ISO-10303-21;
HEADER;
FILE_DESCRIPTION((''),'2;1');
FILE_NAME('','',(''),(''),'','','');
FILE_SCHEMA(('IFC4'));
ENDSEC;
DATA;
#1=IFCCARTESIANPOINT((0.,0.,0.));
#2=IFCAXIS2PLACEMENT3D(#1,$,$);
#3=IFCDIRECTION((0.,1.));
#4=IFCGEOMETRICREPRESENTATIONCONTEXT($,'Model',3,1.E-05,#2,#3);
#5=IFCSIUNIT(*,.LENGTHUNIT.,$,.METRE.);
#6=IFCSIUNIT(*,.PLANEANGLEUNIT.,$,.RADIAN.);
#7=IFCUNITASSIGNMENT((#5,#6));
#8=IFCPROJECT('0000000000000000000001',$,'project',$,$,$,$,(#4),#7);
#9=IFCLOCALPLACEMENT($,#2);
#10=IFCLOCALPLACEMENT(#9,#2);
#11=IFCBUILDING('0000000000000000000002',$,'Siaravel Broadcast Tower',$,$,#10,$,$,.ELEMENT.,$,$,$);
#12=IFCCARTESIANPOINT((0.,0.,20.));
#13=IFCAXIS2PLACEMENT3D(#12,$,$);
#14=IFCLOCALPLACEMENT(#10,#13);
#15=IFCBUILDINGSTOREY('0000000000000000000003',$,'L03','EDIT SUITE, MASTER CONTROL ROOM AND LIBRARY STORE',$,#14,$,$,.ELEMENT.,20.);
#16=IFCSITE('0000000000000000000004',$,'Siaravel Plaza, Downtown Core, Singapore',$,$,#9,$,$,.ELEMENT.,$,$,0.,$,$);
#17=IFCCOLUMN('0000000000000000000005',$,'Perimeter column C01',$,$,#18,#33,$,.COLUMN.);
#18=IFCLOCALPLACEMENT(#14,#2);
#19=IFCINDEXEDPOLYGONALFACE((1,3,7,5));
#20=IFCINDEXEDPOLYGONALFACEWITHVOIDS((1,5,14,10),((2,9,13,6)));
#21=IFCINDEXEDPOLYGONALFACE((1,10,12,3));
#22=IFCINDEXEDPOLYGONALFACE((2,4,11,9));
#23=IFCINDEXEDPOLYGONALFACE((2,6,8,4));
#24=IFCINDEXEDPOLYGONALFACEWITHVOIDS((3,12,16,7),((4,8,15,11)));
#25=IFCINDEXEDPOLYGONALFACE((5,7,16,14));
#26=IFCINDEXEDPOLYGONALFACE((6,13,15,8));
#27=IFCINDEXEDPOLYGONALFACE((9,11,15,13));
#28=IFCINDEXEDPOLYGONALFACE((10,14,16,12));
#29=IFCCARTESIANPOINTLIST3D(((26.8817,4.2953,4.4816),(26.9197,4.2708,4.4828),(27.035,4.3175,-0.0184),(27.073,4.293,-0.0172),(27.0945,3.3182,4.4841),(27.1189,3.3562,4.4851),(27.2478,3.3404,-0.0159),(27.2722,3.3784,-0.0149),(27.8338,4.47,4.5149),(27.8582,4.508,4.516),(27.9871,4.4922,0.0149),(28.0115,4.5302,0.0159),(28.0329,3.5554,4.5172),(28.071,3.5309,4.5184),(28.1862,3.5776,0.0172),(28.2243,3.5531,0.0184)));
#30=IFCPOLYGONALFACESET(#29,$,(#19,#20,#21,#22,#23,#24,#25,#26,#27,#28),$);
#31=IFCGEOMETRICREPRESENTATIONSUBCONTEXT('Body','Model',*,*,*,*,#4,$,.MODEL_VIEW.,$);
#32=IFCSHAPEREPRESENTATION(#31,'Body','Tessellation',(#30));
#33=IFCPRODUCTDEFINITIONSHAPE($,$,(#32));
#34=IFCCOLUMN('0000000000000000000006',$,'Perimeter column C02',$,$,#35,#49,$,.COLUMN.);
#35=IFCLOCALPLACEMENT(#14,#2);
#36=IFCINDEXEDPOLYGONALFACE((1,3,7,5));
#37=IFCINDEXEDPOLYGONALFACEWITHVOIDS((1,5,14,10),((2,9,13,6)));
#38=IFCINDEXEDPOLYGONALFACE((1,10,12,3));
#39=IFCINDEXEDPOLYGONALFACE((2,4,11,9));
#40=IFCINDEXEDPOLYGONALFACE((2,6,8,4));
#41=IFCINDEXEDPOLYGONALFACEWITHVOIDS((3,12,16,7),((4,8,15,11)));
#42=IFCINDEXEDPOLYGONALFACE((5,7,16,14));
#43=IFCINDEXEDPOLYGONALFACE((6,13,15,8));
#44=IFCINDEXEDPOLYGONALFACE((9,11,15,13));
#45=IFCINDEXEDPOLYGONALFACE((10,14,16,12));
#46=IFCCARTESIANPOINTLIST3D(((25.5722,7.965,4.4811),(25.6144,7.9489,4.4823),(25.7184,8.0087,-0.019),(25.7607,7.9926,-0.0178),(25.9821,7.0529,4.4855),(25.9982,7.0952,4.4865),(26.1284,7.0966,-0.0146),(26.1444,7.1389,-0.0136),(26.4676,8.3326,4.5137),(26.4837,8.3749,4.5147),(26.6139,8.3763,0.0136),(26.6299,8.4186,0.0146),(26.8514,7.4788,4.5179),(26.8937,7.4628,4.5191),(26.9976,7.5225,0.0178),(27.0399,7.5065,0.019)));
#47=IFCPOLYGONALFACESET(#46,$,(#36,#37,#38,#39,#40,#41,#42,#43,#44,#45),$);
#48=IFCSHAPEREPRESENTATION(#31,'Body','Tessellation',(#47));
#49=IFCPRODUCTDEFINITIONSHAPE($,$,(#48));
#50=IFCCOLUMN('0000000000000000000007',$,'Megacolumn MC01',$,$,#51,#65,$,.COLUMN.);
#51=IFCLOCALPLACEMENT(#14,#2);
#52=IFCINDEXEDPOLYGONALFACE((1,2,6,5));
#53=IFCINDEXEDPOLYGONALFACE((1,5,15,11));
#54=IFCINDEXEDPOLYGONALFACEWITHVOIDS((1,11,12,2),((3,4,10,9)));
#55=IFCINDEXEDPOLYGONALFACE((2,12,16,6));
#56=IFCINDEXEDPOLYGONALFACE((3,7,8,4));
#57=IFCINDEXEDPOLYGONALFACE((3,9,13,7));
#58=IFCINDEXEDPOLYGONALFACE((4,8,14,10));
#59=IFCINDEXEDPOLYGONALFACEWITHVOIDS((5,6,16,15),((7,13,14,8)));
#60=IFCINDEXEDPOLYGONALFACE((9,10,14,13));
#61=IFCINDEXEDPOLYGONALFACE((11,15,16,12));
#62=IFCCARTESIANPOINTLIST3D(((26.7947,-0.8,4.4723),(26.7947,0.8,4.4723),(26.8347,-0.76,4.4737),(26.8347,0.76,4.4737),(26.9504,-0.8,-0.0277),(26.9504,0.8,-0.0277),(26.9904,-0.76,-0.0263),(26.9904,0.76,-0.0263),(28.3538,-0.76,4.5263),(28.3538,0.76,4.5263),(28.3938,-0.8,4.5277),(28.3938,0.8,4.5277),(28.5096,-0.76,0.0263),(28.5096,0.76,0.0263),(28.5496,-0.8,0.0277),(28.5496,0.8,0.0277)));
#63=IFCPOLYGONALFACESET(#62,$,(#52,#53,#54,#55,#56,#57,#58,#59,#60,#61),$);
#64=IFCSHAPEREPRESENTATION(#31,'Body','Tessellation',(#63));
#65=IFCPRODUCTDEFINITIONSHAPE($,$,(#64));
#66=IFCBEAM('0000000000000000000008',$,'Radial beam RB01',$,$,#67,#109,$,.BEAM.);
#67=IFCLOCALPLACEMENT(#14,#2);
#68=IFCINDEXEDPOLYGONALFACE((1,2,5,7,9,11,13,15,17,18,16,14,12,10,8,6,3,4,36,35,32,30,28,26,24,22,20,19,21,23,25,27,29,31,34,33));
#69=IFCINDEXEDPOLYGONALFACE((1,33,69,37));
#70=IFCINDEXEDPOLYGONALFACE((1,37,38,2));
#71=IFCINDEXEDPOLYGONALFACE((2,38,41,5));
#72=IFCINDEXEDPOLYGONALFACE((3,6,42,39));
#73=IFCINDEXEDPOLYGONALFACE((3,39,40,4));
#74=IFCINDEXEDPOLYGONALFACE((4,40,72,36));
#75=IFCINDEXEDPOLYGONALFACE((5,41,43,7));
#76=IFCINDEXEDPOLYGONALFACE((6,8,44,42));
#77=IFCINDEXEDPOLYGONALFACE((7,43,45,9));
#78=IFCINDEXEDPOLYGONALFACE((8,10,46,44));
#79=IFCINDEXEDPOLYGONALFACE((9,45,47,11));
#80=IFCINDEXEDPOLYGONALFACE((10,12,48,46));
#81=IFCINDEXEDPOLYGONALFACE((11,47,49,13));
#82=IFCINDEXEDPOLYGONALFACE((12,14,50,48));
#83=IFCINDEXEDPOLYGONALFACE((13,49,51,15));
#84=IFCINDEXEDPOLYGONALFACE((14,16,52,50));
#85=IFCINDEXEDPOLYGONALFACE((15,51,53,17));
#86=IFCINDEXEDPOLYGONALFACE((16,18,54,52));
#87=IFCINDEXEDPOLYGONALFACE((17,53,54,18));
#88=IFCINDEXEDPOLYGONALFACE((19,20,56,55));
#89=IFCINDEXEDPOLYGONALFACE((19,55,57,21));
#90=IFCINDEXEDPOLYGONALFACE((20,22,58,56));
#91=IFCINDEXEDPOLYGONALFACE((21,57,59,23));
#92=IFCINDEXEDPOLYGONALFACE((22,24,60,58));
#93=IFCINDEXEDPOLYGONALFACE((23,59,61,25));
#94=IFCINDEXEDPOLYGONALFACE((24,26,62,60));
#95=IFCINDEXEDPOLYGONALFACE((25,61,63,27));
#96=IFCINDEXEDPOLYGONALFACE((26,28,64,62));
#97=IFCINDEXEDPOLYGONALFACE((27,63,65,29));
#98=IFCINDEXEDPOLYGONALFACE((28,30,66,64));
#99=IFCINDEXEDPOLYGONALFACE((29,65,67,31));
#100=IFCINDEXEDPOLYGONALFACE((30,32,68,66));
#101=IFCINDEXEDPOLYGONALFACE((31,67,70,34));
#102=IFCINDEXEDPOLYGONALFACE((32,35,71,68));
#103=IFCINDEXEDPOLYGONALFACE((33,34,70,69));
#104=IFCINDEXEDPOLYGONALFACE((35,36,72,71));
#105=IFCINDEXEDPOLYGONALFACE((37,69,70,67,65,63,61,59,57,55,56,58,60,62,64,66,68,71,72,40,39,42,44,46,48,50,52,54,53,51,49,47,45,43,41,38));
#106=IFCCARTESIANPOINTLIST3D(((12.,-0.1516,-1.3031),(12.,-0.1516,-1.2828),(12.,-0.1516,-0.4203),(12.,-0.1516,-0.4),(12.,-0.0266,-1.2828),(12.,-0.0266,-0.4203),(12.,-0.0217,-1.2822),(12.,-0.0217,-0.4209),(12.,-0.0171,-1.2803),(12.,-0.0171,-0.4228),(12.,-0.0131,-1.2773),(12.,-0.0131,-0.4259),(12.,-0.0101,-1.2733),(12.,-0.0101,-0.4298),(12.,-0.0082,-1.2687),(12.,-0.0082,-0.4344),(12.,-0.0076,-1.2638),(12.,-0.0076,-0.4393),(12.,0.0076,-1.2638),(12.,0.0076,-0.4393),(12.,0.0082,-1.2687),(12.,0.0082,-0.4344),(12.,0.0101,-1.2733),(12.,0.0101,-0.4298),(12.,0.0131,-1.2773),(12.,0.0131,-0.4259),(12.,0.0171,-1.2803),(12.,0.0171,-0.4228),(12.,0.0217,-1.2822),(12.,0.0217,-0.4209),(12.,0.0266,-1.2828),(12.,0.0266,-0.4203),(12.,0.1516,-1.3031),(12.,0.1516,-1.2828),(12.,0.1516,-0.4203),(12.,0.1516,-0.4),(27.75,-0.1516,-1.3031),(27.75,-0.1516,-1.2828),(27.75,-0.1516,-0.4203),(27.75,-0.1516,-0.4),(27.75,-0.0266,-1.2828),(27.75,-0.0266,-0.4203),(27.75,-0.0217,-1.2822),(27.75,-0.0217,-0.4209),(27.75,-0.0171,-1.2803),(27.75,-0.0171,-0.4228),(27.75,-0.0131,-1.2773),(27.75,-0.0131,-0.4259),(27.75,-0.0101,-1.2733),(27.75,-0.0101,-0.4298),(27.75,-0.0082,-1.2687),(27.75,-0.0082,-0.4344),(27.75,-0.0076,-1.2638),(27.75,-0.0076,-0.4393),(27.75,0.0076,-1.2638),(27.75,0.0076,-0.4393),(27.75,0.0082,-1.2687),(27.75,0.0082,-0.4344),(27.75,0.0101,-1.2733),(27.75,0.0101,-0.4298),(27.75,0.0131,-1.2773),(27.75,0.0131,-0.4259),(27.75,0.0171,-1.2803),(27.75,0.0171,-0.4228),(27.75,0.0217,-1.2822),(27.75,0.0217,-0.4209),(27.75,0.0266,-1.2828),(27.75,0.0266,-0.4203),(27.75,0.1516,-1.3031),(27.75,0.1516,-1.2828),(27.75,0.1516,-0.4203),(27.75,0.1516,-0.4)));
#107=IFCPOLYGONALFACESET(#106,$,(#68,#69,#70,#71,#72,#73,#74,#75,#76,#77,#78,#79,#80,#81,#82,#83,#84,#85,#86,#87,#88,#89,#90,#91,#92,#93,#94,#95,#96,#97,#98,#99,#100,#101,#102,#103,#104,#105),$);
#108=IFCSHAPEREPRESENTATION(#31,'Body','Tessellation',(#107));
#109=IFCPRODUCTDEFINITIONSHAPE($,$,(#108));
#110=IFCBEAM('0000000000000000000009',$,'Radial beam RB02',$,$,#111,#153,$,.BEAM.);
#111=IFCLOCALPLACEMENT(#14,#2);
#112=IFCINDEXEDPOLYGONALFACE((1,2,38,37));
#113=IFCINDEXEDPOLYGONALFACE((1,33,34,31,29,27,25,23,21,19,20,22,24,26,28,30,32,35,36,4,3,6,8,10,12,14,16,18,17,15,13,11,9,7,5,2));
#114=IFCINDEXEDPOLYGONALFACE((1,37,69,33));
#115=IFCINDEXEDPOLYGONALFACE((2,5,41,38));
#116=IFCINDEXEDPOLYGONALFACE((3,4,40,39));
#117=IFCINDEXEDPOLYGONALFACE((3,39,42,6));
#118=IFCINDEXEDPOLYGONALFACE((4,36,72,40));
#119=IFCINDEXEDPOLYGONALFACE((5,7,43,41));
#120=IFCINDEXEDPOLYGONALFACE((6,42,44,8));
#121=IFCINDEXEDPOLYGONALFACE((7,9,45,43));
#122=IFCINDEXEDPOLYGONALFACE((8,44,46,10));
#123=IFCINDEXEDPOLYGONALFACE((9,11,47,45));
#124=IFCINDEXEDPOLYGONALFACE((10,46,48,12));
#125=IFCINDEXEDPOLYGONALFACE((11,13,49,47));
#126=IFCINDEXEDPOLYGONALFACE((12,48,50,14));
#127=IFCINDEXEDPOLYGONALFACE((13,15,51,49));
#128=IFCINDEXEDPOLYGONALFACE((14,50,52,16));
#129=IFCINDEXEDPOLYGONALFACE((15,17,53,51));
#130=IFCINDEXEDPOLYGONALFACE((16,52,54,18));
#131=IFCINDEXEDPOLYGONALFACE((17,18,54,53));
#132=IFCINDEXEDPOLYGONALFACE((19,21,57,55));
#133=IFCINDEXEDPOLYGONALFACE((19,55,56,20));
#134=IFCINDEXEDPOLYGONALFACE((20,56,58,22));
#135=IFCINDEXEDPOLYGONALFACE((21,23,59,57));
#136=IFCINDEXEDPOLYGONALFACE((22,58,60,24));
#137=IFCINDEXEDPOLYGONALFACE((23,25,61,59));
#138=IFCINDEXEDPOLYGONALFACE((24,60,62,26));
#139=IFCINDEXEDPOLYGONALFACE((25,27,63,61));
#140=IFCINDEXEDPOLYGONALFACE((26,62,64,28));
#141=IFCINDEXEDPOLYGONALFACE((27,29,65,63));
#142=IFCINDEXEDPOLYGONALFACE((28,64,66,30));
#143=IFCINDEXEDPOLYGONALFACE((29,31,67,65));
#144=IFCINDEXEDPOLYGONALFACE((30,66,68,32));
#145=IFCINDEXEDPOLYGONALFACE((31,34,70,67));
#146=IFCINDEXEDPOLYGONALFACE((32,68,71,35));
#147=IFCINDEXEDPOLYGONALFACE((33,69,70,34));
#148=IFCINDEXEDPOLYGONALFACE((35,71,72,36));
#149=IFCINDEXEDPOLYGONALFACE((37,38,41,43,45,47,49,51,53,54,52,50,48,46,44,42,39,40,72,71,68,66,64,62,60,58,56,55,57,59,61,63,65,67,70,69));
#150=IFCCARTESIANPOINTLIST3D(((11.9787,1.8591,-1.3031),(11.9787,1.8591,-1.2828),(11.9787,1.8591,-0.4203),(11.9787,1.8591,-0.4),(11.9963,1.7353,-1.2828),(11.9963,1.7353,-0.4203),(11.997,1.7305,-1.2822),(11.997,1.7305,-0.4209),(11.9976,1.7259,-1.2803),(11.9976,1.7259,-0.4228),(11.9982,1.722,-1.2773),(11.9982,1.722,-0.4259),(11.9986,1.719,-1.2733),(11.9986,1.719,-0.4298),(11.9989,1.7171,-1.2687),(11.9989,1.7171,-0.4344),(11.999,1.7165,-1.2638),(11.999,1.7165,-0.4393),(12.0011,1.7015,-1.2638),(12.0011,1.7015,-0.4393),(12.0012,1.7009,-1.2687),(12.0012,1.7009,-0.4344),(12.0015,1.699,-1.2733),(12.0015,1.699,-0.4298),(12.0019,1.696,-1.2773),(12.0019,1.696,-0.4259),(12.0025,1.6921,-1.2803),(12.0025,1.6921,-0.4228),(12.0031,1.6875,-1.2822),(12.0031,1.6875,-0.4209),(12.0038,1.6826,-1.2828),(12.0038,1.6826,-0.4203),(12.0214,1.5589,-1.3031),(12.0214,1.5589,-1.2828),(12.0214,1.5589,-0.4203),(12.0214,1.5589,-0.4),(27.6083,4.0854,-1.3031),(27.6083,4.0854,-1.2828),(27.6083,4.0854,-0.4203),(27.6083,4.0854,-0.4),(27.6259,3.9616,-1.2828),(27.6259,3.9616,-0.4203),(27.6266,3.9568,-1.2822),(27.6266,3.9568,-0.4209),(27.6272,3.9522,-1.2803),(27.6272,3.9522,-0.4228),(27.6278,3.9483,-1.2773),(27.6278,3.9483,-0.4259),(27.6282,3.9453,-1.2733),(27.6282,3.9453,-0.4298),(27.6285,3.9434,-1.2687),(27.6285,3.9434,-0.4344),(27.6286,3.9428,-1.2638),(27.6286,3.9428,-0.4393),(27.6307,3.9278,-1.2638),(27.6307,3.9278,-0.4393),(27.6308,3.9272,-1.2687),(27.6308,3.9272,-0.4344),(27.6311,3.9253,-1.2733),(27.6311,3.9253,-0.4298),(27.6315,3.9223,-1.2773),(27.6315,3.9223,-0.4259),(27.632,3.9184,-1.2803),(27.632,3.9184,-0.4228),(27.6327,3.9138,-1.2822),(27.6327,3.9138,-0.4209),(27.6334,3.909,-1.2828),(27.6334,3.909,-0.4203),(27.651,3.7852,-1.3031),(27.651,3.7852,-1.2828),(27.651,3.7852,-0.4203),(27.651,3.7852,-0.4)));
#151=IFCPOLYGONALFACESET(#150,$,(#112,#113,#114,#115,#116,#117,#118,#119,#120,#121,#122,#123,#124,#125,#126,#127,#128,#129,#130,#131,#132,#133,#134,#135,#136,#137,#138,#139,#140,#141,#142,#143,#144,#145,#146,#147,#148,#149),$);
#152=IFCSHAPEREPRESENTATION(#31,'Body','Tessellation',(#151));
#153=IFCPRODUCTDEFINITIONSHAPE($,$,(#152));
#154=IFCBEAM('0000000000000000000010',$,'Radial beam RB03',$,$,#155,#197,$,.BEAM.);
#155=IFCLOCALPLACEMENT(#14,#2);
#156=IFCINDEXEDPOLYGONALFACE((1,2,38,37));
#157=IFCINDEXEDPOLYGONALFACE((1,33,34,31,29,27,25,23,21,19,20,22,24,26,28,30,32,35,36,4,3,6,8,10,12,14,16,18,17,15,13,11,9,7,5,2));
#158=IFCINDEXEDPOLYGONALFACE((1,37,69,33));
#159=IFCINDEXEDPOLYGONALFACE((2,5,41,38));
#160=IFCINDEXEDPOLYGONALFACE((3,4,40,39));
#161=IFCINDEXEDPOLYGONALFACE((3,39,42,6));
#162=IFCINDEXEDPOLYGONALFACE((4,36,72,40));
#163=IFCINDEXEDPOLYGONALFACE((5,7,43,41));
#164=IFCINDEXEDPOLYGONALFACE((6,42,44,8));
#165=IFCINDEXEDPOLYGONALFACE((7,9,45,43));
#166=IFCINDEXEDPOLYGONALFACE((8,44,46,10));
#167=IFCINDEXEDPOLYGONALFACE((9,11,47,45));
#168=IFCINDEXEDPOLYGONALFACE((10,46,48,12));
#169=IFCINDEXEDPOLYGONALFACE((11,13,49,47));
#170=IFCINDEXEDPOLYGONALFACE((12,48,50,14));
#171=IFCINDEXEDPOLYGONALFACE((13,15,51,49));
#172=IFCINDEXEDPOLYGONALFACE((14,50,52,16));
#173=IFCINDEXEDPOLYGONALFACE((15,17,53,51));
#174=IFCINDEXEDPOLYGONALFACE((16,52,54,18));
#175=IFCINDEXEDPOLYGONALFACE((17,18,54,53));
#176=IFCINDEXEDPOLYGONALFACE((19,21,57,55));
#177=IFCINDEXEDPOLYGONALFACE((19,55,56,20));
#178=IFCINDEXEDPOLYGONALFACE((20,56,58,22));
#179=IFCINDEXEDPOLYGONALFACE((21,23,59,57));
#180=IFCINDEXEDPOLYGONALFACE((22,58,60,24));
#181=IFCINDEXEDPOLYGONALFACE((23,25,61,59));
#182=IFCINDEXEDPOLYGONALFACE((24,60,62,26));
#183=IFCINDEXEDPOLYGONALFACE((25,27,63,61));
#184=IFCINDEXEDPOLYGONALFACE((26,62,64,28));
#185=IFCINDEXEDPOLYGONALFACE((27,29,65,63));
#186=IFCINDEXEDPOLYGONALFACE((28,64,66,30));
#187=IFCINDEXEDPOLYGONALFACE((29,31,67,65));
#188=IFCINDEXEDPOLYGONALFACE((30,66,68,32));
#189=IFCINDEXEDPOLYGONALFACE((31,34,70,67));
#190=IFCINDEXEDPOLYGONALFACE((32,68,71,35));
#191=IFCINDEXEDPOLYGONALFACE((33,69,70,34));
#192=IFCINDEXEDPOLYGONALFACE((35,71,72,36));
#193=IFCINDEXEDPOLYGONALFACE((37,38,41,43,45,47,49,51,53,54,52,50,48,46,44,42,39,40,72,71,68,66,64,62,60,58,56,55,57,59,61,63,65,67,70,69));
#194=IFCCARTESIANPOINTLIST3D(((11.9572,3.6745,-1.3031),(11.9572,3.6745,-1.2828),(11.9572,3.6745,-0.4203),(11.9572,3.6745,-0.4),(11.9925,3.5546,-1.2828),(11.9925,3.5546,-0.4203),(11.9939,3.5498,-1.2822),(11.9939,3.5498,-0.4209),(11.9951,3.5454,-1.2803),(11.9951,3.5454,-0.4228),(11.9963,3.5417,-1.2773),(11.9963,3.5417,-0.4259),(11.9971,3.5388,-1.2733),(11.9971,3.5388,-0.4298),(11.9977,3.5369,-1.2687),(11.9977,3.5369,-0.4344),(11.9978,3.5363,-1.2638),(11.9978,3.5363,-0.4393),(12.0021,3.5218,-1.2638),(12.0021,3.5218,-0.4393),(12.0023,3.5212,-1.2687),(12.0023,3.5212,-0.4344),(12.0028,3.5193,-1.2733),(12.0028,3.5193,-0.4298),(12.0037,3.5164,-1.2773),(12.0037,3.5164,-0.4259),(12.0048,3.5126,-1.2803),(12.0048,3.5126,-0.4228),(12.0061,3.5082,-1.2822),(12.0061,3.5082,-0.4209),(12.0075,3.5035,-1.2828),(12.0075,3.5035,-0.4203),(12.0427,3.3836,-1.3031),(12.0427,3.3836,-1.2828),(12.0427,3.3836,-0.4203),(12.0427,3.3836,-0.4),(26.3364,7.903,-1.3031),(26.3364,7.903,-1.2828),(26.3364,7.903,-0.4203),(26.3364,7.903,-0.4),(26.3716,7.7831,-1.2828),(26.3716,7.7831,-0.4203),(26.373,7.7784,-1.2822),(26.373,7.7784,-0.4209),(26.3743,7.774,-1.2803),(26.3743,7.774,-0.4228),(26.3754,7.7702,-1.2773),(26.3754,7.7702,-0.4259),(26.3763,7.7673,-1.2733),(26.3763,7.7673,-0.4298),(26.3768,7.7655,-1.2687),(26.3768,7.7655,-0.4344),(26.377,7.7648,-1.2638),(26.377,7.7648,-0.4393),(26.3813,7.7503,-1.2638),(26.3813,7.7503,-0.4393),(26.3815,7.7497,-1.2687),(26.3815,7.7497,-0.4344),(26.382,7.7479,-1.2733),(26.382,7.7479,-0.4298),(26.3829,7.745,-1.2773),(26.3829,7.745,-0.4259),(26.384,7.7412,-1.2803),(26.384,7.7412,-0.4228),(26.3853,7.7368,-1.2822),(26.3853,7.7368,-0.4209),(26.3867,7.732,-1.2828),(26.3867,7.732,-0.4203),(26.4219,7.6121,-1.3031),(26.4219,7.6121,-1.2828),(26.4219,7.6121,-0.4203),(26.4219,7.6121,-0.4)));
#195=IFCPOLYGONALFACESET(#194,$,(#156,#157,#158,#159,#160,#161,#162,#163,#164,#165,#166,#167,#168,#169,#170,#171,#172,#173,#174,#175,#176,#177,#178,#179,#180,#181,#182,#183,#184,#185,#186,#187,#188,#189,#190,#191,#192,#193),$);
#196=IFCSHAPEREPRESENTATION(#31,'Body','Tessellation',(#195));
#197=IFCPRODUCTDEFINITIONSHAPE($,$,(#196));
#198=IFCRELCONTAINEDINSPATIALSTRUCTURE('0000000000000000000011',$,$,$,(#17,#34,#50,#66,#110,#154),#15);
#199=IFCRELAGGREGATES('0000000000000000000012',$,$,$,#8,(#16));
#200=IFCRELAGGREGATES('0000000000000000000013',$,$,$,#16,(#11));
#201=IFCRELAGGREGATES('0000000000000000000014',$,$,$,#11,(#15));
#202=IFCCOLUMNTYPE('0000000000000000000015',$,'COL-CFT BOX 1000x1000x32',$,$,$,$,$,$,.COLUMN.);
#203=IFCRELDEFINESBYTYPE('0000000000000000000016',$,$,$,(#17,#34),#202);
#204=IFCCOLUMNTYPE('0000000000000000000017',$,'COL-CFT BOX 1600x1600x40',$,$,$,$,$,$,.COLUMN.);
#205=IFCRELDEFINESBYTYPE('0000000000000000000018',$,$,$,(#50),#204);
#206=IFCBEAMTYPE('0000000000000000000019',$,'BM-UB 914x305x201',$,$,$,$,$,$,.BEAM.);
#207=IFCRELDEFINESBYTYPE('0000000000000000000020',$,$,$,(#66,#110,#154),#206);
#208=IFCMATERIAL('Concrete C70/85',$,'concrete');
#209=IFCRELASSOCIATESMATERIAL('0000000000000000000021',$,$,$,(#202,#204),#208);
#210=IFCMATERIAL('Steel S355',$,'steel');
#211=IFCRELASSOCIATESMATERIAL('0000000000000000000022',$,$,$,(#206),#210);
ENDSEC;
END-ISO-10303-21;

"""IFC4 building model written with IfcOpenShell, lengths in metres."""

from ifc_helpers import new_model, si_unit, direction, frame, origin, origin_2d, place, context, subcontext, project, spatial, hollow_rectangle, i_section, extrude, material, material_profile, profile_set, type_object, element, save


model = new_model("IFC4")

# Units and contexts
model_context = context("Model", 3, precision=1e-05, world=origin(), true_north=direction((0.0, 1.0)))
body_context = subcontext(model_context, "Body", "Model", "MODEL_VIEW")
ifc_project = project(units=[si_unit("LENGTHUNIT", "METRE"), si_unit("PLANEANGLEUNIT", "RADIAN")], contexts=[model_context])

# Site, building, storey
site_placement = place(None, origin())
site = spatial("IfcSite", under=ifc_project, at=site_placement, Name="Siaravel Plaza, Downtown Core, Singapore", CompositionType="ELEMENT", RefElevation=0.0)
building_placement = place(site_placement, origin())
building = spatial("IfcBuilding", under=site, at=building_placement, Name="Siaravel Broadcast Tower", CompositionType="ELEMENT")
storey_placement = place(building_placement, frame((0.0, 0.0, 20.0)))
storey = spatial("IfcBuildingStorey", under=building, at=storey_placement, Name="L03", Description="EDIT SUITE, MASTER CONTROL ROOM AND LIBRARY STORE", CompositionType="ELEMENT", Elevation=20.0)

# Columns
ifc_material_1 = material(Name="Concrete C70/85", Category="concrete")
ifc_material_profile_1 = material_profile(ifc_material_1, hollow_rectangle(XDim=1.0, YDim=1.0, WallThickness=0.032, at=origin_2d()))
ifc_profile_set_1 = profile_set([ifc_material_profile_1], Name="Concrete C70/85")
column_type_1 = type_object("IfcColumnType", Name="COL-CFT BOX 1000x1000x32", PredefinedType="COLUMN", material=ifc_profile_set_1)
for number, where, z_axis, x_axis, name in (
    (1, (27.6296, 3.9353, 0.0), (-0.034051, -0.004934, 0.999408), (0.212785, -0.977096, 0.002426), "Perimeter column C01"),
    (2, (26.3792, 7.7576, 0.0), (-0.032479, -0.009706, 0.999425), (0.409975, -0.912086, 0.004466), "Perimeter column C02"),
):
    element("IfcColumn", number, at=place(storey_placement, frame(where, z_axis=z_axis, x_axis=x_axis)), inside=storey, type_object=column_type_1, Name=name, PredefinedType="COLUMN", context=body_context, shape_type="SweptSolid", body=[
        extrude(hollow_rectangle(XDim=1.0, YDim=1.0, WallThickness=0.032, at=origin_2d()), origin(), (0.0, 0.0, 1.0), 4.5027),
    ])
ifc_material_profile_2 = material_profile(ifc_material_1, hollow_rectangle(XDim=1.6001, YDim=1.6001, WallThickness=0.04, at=origin_2d()))
ifc_profile_set_2 = profile_set([ifc_material_profile_2], Name="Concrete C70/85")
column_type_2 = type_object("IfcColumnType", Name="COL-CFT BOX 1600x1600x40", PredefinedType="COLUMN", material=ifc_profile_set_2)
column_placement = place(storey_placement, frame((27.75, 0.0, 0.0), z_axis=(-0.034593, 0.0, 0.999401), x_axis=(0.0, -1.0, 0.0)))
element("IfcColumn", 3, at=column_placement, inside=storey, type_object=column_type_2, Name="Megacolumn MC01", PredefinedType="COLUMN", context=body_context, shape_type="SweptSolid", body=[
    extrude(hollow_rectangle(XDim=1.6001, YDim=1.6001, WallThickness=0.04, at=origin_2d()), origin(), (0.0, 0.0, 1.0), 4.5027),
])

# Beams
ifc_material_2 = material(Name="Steel S355", Category="steel")
ifc_material_profile_3 = material_profile(ifc_material_2, i_section(OverallWidth=0.3032, OverallDepth=0.9031, WebThickness=0.0151, FlangeThickness=0.0203, FilletRadius=0.019, at=origin_2d()))
ifc_profile_set_3 = profile_set([ifc_material_profile_3], Name="Steel S355")
beam_type = type_object("IfcBeamType", Name="BM-UB 914x305x201", PredefinedType="BEAM", material=ifc_profile_set_3)
beam_1_placement = place(storey_placement, frame((27.75, 0.0, -0.8516), z_axis=(-1.0, 0.0, 0.0), x_axis=(0.0, -1.0, 0.0)))
element("IfcBeam", 4, at=beam_1_placement, inside=storey, type_object=beam_type, Name="Radial beam RB01", PredefinedType="BEAM", context=body_context, shape_type="SweptSolid", body=[
    extrude(i_section(OverallWidth=0.3032, OverallDepth=0.9031, WebThickness=0.0151, FlangeThickness=0.0203, FilletRadius=0.019, at=origin_2d()), origin(), (0.0, 0.0, 1.0), 15.75),
])
beam_2_placement = place(storey_placement, frame((27.6296, 3.9353, -0.8516), z_axis=(-0.990007, -0.141019, 0.0), x_axis=(0.141019, -0.990007, 0.0)))
element("IfcBeam", 5, at=beam_2_placement, inside=storey, type_object=beam_type, Name="Radial beam RB02", PredefinedType="BEAM", context=body_context, shape_type="SweptSolid", body=[
    extrude(i_section(OverallWidth=0.3032, OverallDepth=0.9031, WebThickness=0.0151, FlangeThickness=0.0203, FilletRadius=0.019, at=origin_2d()), origin(), (0.0, 0.0, 1.0), 15.7874),
])
beam_3_placement = place(storey_placement, frame((26.3792, 7.7576, -0.8516), z_axis=(-0.959377, -0.282127, 0.0), x_axis=(0.282127, -0.959377, 0.0)))
element("IfcBeam", 6, at=beam_3_placement, inside=storey, type_object=beam_type, Name="Radial beam RB03", PredefinedType="BEAM", context=body_context, shape_type="SweptSolid", body=[
    extrude(i_section(OverallWidth=0.3032, OverallDepth=0.9031, WebThickness=0.0151, FlangeThickness=0.0203, FilletRadius=0.019, at=origin_2d()), origin(), (0.0, 0.0, 1.0), 14.988),
])

save(model, "model.ifc")
